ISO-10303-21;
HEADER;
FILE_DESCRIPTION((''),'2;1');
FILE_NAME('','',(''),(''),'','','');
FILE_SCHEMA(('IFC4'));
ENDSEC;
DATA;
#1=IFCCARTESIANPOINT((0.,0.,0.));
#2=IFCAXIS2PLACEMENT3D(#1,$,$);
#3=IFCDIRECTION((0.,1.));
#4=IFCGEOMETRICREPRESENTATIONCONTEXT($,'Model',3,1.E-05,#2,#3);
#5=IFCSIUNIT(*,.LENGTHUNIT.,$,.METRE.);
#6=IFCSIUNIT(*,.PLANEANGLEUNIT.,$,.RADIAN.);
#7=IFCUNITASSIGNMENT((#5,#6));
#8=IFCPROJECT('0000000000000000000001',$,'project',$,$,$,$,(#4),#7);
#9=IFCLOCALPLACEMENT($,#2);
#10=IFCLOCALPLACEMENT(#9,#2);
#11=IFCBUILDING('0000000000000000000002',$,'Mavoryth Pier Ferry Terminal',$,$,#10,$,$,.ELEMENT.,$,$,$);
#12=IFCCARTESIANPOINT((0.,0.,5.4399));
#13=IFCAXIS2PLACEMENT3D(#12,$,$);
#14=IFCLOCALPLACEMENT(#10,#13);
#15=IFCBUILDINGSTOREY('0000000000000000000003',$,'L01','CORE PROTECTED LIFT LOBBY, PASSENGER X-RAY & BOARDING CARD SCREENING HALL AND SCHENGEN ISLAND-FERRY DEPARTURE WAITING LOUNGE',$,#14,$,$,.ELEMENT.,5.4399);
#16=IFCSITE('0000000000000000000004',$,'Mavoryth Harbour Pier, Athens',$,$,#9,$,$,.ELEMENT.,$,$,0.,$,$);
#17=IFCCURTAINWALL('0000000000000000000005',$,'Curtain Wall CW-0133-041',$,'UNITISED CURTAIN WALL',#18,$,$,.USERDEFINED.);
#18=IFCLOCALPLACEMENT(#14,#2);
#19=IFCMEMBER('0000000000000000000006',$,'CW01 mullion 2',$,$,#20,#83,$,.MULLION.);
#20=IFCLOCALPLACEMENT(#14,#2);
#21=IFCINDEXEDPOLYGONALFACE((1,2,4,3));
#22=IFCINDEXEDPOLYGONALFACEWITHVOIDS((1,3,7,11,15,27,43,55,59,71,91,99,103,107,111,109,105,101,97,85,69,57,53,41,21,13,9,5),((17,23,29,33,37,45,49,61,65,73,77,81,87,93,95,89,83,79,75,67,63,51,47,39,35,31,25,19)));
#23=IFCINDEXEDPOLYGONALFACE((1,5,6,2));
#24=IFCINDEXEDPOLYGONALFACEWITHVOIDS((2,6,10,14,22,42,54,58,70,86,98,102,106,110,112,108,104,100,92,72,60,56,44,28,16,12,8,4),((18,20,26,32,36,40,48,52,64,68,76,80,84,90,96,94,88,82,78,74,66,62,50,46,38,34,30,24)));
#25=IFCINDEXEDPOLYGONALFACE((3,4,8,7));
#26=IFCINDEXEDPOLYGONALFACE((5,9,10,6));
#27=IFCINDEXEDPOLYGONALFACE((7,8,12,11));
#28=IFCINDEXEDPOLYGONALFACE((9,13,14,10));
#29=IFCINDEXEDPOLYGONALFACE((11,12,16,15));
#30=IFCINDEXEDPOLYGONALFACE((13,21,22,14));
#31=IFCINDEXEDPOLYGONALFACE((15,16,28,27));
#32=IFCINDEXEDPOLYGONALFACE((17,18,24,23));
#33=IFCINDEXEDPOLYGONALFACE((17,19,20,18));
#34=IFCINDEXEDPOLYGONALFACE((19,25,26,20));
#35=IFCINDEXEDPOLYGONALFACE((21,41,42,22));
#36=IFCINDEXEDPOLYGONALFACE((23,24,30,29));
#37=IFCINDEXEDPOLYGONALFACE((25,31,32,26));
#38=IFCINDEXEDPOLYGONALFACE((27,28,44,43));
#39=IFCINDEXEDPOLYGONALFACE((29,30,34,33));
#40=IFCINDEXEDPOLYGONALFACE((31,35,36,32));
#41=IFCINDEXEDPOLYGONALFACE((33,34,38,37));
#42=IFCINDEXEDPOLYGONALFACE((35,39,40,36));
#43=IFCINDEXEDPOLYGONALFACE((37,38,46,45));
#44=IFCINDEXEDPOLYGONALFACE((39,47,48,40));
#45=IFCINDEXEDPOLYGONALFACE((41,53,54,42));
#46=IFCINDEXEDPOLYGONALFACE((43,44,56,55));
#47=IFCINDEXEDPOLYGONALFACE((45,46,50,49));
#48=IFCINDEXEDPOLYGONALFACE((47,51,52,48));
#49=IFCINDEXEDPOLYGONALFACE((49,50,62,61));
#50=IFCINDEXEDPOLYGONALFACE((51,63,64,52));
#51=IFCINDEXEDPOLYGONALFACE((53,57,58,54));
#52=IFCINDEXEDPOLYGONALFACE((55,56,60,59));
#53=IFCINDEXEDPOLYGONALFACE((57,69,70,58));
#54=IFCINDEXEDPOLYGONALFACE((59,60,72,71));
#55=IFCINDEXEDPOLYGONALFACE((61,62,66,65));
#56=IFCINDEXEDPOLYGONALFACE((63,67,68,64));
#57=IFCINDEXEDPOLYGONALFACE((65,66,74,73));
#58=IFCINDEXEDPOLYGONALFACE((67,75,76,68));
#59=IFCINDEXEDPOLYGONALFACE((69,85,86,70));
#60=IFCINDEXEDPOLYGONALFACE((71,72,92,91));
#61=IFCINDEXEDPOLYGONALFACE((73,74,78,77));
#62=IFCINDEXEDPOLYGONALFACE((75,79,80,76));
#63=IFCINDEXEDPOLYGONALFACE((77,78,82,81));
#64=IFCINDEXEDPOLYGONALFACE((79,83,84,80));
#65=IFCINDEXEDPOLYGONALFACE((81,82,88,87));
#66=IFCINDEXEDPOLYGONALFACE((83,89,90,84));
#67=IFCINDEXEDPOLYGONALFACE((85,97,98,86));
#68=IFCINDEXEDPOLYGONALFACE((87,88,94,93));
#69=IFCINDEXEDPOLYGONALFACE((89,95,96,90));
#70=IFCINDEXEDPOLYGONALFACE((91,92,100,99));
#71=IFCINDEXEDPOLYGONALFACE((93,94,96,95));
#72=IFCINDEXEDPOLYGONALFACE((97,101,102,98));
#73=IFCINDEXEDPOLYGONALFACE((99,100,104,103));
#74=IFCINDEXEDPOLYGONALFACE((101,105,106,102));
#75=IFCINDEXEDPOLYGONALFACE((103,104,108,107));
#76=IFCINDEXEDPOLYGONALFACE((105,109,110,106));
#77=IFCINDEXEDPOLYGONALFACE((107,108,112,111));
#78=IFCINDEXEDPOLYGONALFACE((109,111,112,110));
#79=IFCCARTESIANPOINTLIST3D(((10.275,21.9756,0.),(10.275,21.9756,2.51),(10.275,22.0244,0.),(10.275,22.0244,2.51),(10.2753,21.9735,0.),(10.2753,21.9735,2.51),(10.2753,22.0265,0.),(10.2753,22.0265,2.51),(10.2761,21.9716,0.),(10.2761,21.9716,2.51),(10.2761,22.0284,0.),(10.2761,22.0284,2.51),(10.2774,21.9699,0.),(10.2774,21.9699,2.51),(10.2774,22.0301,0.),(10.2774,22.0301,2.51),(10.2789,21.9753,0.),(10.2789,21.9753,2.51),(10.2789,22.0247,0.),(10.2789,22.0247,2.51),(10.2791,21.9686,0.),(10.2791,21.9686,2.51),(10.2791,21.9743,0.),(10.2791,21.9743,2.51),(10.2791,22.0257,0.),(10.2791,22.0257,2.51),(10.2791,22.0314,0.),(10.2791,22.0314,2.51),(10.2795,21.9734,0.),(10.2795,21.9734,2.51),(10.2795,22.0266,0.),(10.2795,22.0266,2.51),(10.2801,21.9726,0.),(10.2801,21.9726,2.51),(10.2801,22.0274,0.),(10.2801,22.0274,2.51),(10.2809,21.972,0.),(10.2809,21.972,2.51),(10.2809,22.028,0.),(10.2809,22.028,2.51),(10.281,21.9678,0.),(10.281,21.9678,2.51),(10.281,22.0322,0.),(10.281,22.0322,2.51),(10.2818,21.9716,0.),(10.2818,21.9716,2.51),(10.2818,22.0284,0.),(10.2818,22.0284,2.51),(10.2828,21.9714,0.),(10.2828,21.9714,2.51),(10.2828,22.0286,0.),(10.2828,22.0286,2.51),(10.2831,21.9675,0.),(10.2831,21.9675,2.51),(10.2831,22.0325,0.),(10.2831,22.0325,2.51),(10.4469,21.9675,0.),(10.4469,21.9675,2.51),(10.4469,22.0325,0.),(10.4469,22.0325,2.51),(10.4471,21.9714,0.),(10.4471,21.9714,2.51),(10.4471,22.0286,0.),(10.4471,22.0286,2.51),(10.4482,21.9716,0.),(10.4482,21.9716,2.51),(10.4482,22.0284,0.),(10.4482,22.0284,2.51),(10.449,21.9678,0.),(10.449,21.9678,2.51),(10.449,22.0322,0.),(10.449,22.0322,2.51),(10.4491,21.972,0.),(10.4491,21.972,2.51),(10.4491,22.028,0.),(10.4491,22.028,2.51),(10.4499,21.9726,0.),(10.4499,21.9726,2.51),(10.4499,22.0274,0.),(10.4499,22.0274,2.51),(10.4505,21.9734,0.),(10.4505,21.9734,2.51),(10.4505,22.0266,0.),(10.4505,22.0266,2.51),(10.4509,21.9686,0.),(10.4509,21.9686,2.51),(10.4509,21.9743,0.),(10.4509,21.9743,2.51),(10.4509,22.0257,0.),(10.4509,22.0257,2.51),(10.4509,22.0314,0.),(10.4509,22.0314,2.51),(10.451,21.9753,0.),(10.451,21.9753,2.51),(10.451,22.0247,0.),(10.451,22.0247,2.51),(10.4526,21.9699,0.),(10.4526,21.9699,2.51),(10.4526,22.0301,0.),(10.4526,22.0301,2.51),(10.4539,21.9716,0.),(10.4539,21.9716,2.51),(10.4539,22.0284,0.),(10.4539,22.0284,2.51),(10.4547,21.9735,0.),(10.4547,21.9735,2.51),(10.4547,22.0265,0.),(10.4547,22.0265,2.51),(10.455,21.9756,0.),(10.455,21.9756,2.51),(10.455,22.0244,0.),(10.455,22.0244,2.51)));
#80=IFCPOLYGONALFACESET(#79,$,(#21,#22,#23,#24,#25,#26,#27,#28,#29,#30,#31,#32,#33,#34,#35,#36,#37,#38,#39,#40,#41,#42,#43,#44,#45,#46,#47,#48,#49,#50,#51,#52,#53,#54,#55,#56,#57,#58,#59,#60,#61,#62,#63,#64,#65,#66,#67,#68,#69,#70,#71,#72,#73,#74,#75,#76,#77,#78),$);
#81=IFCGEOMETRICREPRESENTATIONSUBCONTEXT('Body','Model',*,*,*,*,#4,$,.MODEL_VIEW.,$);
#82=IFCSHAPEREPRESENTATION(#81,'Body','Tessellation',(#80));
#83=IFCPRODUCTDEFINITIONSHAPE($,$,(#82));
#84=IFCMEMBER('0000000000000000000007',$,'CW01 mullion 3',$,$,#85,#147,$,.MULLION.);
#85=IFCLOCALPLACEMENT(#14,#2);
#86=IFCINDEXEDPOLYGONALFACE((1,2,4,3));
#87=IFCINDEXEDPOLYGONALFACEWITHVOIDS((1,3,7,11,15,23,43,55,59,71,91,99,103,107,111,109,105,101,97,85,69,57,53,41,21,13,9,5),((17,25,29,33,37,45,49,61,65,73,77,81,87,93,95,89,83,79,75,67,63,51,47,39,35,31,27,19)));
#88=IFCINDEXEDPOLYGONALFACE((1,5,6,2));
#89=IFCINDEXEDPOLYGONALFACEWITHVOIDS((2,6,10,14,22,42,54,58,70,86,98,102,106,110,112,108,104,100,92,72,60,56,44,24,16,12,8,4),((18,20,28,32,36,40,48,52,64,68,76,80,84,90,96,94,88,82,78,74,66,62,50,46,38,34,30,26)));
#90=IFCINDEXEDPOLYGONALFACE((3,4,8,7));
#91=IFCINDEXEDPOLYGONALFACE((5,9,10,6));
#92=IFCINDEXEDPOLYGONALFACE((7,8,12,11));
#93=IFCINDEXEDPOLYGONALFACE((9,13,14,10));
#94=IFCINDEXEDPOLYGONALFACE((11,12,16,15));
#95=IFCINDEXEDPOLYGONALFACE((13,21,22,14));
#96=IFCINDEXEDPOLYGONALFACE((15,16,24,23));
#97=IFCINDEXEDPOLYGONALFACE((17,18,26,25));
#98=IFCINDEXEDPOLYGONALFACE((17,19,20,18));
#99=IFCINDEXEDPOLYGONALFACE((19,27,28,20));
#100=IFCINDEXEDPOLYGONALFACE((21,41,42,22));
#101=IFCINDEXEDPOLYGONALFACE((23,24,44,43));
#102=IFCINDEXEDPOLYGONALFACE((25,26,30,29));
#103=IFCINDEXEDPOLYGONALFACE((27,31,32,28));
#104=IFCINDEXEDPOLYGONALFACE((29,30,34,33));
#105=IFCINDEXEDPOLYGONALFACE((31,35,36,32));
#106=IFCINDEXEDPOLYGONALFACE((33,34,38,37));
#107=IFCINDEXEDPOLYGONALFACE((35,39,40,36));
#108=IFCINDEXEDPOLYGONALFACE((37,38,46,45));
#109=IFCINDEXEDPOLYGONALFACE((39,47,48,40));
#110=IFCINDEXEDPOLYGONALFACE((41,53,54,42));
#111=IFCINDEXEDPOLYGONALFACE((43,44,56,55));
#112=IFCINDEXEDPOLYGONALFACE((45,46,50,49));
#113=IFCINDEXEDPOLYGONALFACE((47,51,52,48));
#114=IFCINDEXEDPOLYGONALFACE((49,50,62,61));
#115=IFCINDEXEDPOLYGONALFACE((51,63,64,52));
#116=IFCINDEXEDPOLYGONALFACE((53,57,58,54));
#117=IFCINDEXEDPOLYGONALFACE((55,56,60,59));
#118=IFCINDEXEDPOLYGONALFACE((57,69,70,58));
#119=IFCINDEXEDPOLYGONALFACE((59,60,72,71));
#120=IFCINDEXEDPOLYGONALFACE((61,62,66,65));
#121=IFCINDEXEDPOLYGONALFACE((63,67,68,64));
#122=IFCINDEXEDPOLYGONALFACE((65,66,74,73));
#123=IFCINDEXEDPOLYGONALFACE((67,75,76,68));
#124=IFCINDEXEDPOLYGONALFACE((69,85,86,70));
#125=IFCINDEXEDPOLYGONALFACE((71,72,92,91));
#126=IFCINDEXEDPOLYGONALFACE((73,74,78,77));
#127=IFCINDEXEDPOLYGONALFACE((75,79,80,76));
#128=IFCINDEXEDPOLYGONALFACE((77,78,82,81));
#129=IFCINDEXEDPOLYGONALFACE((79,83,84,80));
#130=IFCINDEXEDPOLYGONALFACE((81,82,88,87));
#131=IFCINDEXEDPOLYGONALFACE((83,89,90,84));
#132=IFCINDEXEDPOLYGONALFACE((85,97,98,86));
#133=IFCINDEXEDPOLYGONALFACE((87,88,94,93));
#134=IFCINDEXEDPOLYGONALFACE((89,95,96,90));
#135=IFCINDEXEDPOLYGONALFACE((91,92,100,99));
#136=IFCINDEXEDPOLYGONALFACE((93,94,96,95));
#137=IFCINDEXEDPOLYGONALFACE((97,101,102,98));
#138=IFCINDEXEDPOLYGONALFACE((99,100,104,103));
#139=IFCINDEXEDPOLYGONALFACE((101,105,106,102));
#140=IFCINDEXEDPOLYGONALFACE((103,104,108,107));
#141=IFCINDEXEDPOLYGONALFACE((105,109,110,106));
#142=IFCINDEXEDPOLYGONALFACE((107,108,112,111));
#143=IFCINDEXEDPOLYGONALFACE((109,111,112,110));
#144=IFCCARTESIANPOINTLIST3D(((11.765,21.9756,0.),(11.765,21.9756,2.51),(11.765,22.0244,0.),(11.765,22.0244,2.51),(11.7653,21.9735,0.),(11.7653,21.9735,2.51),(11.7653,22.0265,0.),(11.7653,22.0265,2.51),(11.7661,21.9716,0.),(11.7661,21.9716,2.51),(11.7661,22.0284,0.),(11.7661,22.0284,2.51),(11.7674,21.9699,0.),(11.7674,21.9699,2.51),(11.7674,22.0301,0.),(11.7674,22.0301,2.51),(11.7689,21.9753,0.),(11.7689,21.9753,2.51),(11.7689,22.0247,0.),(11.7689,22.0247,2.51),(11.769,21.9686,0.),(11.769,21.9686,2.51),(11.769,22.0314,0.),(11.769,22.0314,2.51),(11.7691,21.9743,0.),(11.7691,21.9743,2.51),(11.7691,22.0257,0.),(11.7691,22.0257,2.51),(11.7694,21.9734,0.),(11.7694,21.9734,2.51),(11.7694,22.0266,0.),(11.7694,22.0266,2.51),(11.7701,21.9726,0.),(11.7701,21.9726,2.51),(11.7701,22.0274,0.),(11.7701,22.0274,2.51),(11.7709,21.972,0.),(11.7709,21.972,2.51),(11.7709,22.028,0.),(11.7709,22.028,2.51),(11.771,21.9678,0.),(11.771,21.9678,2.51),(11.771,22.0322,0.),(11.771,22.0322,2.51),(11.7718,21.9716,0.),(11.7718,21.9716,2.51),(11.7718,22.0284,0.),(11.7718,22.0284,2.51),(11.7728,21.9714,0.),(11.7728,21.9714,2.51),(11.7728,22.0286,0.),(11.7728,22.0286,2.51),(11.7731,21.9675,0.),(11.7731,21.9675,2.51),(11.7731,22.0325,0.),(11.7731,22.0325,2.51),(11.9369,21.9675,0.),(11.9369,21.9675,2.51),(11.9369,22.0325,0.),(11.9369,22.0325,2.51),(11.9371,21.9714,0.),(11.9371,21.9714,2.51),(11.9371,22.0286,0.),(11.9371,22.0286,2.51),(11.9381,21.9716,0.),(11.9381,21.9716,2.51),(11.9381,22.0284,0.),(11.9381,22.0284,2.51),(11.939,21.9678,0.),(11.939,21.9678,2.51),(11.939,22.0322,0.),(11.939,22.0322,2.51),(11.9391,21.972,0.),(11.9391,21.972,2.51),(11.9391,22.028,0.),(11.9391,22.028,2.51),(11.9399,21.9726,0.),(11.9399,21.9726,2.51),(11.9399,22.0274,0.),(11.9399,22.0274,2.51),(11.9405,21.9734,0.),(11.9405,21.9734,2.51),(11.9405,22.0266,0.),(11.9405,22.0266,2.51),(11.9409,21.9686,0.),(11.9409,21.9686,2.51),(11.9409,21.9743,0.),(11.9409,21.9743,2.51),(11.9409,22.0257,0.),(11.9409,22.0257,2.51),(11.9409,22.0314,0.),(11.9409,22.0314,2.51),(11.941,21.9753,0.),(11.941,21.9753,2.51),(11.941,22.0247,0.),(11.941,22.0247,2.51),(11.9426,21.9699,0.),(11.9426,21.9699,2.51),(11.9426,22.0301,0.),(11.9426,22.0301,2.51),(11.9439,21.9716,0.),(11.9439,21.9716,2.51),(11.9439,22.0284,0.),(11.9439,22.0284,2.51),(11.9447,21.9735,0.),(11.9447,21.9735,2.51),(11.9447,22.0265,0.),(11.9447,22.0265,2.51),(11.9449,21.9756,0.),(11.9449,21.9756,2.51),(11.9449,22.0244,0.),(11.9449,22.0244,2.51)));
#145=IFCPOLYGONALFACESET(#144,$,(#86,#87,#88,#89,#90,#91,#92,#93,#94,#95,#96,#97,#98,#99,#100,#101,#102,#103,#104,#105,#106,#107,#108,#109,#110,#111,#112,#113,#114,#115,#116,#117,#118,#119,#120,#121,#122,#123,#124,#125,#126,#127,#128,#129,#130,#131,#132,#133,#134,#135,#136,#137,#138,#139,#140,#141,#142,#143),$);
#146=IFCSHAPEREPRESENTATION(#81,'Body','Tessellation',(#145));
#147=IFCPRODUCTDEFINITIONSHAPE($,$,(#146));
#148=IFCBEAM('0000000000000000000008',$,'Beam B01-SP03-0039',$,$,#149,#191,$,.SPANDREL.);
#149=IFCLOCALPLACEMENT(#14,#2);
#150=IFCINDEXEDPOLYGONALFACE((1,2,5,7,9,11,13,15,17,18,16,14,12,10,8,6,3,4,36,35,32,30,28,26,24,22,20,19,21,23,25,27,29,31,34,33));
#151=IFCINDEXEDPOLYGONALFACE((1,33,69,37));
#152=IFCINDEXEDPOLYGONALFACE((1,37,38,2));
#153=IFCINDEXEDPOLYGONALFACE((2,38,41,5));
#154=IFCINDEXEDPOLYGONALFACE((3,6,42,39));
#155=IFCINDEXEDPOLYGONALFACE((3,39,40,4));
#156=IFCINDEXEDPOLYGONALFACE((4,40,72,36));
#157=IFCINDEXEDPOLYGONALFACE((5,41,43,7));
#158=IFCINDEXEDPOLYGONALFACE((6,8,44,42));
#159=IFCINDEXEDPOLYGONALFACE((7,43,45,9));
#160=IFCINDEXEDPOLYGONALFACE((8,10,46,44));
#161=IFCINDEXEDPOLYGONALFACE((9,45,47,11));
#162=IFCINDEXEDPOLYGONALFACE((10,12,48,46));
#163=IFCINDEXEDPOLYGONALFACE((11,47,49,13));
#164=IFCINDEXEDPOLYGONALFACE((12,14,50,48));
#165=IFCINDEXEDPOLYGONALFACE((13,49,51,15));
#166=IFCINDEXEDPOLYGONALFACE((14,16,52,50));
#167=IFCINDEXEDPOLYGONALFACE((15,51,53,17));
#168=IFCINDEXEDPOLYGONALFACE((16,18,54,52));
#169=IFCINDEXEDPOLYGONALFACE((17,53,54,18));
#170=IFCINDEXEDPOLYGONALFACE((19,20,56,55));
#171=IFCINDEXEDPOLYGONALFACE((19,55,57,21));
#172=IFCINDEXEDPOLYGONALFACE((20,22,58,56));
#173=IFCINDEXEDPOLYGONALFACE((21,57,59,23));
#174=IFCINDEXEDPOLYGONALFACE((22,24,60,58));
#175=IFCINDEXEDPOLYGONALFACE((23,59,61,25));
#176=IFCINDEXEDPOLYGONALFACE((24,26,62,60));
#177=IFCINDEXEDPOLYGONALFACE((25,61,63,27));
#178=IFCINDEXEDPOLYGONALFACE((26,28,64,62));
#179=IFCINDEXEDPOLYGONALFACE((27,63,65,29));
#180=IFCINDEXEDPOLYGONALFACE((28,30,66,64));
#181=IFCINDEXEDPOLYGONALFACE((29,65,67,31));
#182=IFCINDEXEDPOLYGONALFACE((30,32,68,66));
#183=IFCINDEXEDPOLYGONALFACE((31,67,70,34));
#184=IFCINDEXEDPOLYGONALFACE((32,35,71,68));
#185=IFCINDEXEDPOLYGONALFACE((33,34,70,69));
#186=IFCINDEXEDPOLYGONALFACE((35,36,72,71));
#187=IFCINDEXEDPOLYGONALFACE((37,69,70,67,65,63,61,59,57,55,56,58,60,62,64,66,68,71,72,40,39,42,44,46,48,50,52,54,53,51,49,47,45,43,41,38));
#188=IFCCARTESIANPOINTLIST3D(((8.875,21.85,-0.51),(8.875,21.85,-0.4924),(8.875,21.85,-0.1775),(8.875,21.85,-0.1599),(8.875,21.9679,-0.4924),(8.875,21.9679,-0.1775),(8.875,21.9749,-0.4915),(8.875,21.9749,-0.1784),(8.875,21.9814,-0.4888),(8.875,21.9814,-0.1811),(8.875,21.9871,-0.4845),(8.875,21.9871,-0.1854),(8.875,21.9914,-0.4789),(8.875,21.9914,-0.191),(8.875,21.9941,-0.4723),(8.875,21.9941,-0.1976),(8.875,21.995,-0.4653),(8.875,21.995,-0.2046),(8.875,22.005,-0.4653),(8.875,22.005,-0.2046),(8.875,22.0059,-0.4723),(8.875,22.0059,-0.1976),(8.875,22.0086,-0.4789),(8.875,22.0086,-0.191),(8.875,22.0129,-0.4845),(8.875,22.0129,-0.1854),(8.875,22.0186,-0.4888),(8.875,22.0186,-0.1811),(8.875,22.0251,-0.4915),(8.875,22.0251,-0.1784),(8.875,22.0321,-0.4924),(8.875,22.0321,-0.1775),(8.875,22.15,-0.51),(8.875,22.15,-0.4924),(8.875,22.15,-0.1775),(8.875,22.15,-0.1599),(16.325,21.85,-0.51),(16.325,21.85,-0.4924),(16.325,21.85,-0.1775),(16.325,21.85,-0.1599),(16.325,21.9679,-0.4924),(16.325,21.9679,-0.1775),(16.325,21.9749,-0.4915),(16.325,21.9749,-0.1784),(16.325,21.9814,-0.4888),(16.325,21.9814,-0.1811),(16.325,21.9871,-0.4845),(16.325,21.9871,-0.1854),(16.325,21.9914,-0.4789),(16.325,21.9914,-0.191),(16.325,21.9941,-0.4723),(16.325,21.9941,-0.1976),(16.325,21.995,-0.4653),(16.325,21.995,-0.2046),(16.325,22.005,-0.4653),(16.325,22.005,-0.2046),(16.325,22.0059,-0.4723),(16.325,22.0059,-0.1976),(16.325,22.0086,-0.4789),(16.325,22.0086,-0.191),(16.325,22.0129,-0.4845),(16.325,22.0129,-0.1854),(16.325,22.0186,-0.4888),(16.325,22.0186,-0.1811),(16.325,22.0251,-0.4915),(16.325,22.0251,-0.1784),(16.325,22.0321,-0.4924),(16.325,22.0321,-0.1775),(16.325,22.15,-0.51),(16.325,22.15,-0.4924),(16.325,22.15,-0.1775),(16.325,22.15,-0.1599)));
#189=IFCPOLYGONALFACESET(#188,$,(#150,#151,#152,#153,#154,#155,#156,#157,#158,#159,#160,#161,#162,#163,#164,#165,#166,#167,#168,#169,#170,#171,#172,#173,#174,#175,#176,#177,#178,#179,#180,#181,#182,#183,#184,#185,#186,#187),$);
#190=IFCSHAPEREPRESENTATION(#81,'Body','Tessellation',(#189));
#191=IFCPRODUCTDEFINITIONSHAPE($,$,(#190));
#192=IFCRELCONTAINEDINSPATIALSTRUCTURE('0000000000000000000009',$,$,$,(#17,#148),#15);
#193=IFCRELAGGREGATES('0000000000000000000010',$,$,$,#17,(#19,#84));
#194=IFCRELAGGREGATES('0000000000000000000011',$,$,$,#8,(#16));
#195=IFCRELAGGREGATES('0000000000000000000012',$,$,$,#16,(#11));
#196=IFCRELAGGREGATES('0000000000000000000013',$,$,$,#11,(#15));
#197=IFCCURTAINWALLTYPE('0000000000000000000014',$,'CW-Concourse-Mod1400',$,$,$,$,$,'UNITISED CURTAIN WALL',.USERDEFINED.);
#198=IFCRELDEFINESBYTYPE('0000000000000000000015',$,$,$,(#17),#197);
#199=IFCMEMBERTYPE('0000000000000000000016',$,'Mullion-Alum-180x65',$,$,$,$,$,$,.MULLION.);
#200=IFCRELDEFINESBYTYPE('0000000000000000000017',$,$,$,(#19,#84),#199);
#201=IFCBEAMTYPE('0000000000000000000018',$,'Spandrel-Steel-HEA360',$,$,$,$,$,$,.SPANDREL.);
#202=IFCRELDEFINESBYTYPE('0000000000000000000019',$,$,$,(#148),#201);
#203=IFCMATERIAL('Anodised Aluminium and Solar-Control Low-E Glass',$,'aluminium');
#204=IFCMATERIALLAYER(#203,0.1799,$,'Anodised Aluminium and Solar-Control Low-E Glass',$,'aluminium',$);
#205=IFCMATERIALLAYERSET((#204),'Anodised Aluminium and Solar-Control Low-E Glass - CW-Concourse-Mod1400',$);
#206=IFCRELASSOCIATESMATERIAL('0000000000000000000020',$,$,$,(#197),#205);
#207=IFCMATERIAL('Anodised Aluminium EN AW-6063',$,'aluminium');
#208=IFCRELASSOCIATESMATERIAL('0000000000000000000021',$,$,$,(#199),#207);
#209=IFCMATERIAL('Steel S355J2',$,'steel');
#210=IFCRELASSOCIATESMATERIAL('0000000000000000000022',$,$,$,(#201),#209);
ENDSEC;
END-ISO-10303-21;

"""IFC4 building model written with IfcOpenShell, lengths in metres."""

from ifc_helpers import new_model, si_unit, direction, frame, origin, origin_2d, place, context, subcontext, project, spatial, hollow_rectangle, i_section, extrude, material, layer, layer_set, material_profile, profile_set, type_object, element, aggregate, save


model = new_model("IFC4")

# Units and contexts
model_context = context("Model", 3, precision=1e-05, world=origin(), true_north=direction((0.0, 1.0)))
body_context = subcontext(model_context, "Body", "Model", "MODEL_VIEW")
ifc_project = project(units=[si_unit("LENGTHUNIT", "METRE"), si_unit("PLANEANGLEUNIT", "RADIAN")], contexts=[model_context])

# Site, building, storey
site_placement = place(None, origin())
site = spatial("IfcSite", under=ifc_project, at=site_placement, Name="Mavoryth Harbour Pier, Athens", CompositionType="ELEMENT", RefElevation=0.0)
building_placement = place(site_placement, origin())
building = spatial("IfcBuilding", under=site, at=building_placement, Name="Mavoryth Pier Ferry Terminal", CompositionType="ELEMENT")
storey_placement = place(building_placement, frame((0.0, 0.0, 5.4399)))
storey = spatial("IfcBuildingStorey", under=building, at=storey_placement, Name="L01", Description="CORE PROTECTED LIFT LOBBY, PASSENGER X-RAY & BOARDING CARD SCREENING HALL AND SCHENGEN ISLAND-FERRY DEPARTURE WAITING LOUNGE", CompositionType="ELEMENT", Elevation=5.4399)

# Shared definitions
ifc_material_1 = material(Name="Steel S355J2", Category="steel")

# Curtain wall, members
ifc_material_2 = material(Name="Anodised Aluminium and Solar-Control Low-E Glass", Category="aluminium")
ifc_layer_1 = layer(ifc_material_2, 0.1799, Name="Anodised Aluminium and Solar-Control Low-E Glass", Category="aluminium")
ifc_layer_set_1 = layer_set([ifc_layer_1], Name="Anodised Aluminium and Solar-Control Low-E Glass - CW-Concourse-Mod1400")
curtain_wall_type = type_object("IfcCurtainWallType", Name="CW-Concourse-Mod1400", ElementType="UNITISED CURTAIN WALL", PredefinedType="USERDEFINED", material=ifc_layer_set_1)
ifc_material_3 = material(Name="Anodised Aluminium EN AW-6063", Category="aluminium")
ifc_material_profile_1 = material_profile(ifc_material_3, hollow_rectangle(XDim=0.0649, YDim=0.1799, WallThickness=0.0039, InnerFilletRadius=0.0039, OuterFilletRadius=0.0081, at=origin_2d()), Name="AL-MULL 180x65x4", Category="aluminium")
ifc_profile_set_1 = profile_set([ifc_material_profile_1], Name="Anodised Aluminium EN AW-6063 - AL-MULL 180x65x4")
member_type_1 = type_object("IfcMemberType", Name="Mullion-Alum-180x65", PredefinedType="MULLION", material=ifc_profile_set_1)
curtain_wall_1_placement = place(storey_placement, origin())
curtain_wall_1 = element("IfcCurtainWall", 1, at=curtain_wall_1_placement, inside=storey, type_object=curtain_wall_type, Name="Curtain Wall CW-0133-041", ObjectType="UNITISED CURTAIN WALL", PredefinedType="USERDEFINED")
member_1_placement = place(storey_placement, frame((10.365, 22.0, 0.0), z_axis=(0.0, 0.0, 1.0), x_axis=(0.0, 1.0, 0.0)))
member_1 = element("IfcMember", 2, at=member_1_placement, type_object=member_type_1, Name="CW01 mullion 2", PredefinedType="MULLION", context=body_context, shape_type="SweptSolid", body=[
    extrude(hollow_rectangle(XDim=0.0649, YDim=0.1799, WallThickness=0.0039, InnerFilletRadius=0.0039, OuterFilletRadius=0.0081, at=origin_2d()), origin(), (0.0, 0.0, 1.0), 2.51),
])
member_2_placement = place(storey_placement, frame((11.855, 22.0, 0.0), z_axis=(0.0, 0.0, 1.0), x_axis=(0.0, 1.0, 0.0)))
member_2 = element("IfcMember", 3, at=member_2_placement, type_object=member_type_1, Name="CW01 mullion 3", PredefinedType="MULLION", context=body_context, shape_type="SweptSolid", body=[
    extrude(hollow_rectangle(XDim=0.0649, YDim=0.1799, WallThickness=0.0039, InnerFilletRadius=0.0039, OuterFilletRadius=0.0081, at=origin_2d()), origin(), (0.0, 0.0, 1.0), 2.51),
])

# Beam
ifc_material_profile_2 = material_profile(ifc_material_1, i_section(OverallWidth=0.3, OverallDepth=0.3501, WebThickness=0.01, FlangeThickness=0.0176, FilletRadius=0.0271, at=origin_2d()), Name="HEA 360", Category="steel")
ifc_profile_set_2 = profile_set([ifc_material_profile_2], Name="Steel S355J2 - HEA 360")
beam_type = type_object("IfcBeamType", Name="Spandrel-Steel-HEA360", PredefinedType="SPANDREL", material=ifc_profile_set_2)
beam_placement = place(storey_placement, frame((8.875, 22.0, -0.335), z_axis=(1.0, 0.0, 0.0), x_axis=(0.0, 1.0, 0.0)))
element("IfcBeam", 4, at=beam_placement, inside=storey, type_object=beam_type, Name="Beam B01-SP03-0039", PredefinedType="SPANDREL", context=body_context, shape_type="SweptSolid", body=[
    extrude(i_section(OverallWidth=0.3, OverallDepth=0.3501, WebThickness=0.01, FlangeThickness=0.0176, FilletRadius=0.0271, at=origin_2d()), origin(), (0.0, 0.0, 1.0), 7.45),
])

aggregate(curtain_wall_1, [member_1, member_2])

save(model, "model.ifc")
